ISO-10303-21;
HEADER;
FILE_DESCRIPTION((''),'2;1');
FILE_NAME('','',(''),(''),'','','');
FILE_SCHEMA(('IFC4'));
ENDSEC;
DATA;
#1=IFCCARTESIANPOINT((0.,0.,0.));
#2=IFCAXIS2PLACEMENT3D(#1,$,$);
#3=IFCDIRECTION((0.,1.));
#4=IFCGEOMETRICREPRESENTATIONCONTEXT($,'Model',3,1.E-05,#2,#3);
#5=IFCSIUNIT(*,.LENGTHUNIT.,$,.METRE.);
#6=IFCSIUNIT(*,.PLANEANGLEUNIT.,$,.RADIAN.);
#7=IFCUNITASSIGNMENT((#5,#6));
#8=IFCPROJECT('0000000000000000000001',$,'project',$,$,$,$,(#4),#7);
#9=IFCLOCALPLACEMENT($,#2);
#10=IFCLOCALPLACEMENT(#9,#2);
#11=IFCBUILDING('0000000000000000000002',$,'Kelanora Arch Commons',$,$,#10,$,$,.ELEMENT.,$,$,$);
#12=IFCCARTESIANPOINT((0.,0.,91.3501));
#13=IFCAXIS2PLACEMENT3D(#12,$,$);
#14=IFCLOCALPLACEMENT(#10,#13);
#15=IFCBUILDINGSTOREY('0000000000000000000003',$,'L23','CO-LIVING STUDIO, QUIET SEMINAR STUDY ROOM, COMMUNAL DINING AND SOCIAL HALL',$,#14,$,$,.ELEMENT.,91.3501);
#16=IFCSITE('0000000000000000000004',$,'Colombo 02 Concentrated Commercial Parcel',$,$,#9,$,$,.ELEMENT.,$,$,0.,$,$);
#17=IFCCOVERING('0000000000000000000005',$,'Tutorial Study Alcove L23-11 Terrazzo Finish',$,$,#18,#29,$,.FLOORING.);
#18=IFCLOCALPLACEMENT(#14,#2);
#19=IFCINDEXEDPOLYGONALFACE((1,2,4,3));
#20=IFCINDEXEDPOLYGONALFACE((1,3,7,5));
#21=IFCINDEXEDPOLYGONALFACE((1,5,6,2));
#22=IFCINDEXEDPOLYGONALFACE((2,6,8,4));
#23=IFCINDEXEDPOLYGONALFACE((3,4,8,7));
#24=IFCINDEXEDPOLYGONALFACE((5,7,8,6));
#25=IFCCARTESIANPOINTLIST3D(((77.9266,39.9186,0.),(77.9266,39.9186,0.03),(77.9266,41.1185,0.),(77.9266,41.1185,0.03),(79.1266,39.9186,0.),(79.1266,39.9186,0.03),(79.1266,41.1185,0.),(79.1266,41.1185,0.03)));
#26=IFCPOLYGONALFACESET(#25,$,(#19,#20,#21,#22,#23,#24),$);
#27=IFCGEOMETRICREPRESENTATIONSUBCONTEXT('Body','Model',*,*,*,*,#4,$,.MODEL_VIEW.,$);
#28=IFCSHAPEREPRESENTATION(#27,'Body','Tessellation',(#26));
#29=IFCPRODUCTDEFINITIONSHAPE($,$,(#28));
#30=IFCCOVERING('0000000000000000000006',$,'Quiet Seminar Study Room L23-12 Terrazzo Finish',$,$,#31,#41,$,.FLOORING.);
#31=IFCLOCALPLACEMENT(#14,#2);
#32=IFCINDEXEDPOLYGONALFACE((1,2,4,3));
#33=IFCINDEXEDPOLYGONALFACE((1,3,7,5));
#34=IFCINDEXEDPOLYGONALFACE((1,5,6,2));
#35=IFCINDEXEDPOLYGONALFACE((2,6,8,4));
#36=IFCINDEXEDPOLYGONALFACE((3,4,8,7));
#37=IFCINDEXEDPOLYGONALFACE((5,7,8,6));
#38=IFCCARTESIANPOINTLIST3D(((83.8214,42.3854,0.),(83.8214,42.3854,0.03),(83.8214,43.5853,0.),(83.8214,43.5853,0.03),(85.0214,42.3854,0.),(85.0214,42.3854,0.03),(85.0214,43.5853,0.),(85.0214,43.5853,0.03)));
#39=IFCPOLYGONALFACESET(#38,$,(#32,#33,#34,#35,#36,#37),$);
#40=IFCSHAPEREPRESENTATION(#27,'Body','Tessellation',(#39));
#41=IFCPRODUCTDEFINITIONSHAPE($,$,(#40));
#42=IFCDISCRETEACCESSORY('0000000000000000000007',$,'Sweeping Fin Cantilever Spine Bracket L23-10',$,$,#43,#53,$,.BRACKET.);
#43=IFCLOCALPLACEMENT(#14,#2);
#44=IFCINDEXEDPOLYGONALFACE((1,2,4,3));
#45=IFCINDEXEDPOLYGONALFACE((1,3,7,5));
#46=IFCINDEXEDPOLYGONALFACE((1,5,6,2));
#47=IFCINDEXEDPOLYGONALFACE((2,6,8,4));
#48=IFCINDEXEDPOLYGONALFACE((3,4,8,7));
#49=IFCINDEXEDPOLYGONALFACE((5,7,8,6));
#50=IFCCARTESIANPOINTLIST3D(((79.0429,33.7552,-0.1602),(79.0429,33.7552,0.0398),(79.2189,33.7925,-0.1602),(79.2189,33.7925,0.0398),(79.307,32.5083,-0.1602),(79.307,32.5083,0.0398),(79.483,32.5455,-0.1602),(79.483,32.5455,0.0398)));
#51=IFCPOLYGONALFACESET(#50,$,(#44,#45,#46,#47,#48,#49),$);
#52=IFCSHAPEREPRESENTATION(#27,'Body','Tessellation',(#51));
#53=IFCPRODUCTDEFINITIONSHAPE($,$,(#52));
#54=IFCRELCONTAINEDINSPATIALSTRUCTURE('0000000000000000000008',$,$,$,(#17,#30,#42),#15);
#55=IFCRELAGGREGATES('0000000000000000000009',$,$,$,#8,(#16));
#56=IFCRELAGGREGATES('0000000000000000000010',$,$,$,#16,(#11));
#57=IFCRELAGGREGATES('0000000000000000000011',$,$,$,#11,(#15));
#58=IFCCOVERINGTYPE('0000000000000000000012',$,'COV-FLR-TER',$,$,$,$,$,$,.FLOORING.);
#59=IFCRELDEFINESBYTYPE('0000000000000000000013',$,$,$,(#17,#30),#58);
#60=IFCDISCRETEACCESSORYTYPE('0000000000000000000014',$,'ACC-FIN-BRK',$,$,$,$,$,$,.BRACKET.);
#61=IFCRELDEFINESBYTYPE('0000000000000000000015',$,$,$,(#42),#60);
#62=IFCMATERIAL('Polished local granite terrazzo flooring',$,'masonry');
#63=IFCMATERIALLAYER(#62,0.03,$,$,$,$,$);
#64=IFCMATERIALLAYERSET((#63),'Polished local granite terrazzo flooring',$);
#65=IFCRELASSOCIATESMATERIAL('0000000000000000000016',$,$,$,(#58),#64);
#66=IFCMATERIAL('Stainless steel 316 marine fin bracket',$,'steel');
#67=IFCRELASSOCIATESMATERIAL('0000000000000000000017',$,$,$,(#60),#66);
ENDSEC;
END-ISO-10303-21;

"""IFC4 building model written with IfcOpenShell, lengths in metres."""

from ifc_helpers import new_model, si_unit, direction, frame, origin, origin_2d, place, context, subcontext, project, spatial, rectangle, extrude, source, transform, mapped, material, layer, layer_set, type_object, element, save


model = new_model("IFC4")

# Units and contexts
model_context = context("Model", 3, precision=1e-05, world=origin(), true_north=direction((0.0, 1.0)))
body_context = subcontext(model_context, "Body", "Model", "MODEL_VIEW")
ifc_project = project(units=[si_unit("LENGTHUNIT", "METRE"), si_unit("PLANEANGLEUNIT", "RADIAN")], contexts=[model_context])

# Site, building, storey
site_placement = place(None, origin())
site = spatial("IfcSite", under=ifc_project, at=site_placement, Name="Colombo 02 Concentrated Commercial Parcel", CompositionType="ELEMENT", RefElevation=0.0)
building_placement = place(site_placement, origin())
building = spatial("IfcBuilding", under=site, at=building_placement, Name="Kelanora Arch Commons", CompositionType="ELEMENT")
storey_placement = place(building_placement, frame((0.0, 0.0, 91.3501)))
storey = spatial("IfcBuildingStorey", under=building, at=storey_placement, Name="L23", Description="CO-LIVING STUDIO, QUIET SEMINAR STUDY ROOM, COMMUNAL DINING AND SOCIAL HALL", CompositionType="ELEMENT", Elevation=91.3501)

# Coverings
ifc_material_1 = material(Name="Polished local granite terrazzo flooring", Category="masonry")
ifc_layer_1 = layer(ifc_material_1, 0.03)
ifc_layer_set_1 = layer_set([ifc_layer_1], Name="Polished local granite terrazzo flooring")
covering_type = type_object("IfcCoveringType", Name="COV-FLR-TER", PredefinedType="FLOORING", material=ifc_layer_set_1)
shared_shape_1 = source(origin(), body_context, "Body", "SweptSolid", [
    extrude(rectangle(XDim=1.2, YDim=1.2, at=origin_2d()), origin(), (0.0, 0.0, 1.0), 0.03),
])
for number, where, z_axis, x_axis, name in (
    (1, (78.5266, 40.5186, 0.0), (0.0, 0.0, 1.0), (1.0, 0.0, 0.0), "Tutorial Study Alcove L23-11 Terrazzo Finish"),
    (2, (84.4214, 42.9854, 0.0), (0.0, 0.0, 1.0), (1.0, 0.0, 0.0), "Quiet Seminar Study Room L23-12 Terrazzo Finish"),
):
    element("IfcCovering", number, at=place(storey_placement, frame(where, z_axis=z_axis, x_axis=x_axis)), inside=storey, type_object=covering_type, Name=name, PredefinedType="FLOORING", context=body_context, shape_type="MappedRepresentation", body=[
        mapped(shared_shape_1, transform((0.0, 0.0, 0.0), scale=1.0)),
    ])

# Discrete accessory
ifc_material_2 = material(Name="Stainless steel 316 marine fin bracket", Category="steel")
discrete_accessory_type = type_object("IfcDiscreteAccessoryType", Name="ACC-FIN-BRK", PredefinedType="BRACKET", material=ifc_material_2)
shared_shape_2 = source(origin(), body_context, "Body", "SweptSolid", [
    extrude(rectangle(XDim=1.2747, YDim=0.1799, at=origin_2d()), origin(), (0.0, 0.0, 1.0), 0.2),
])
discrete_accessory_placement = place(storey_placement, frame((79.2629, 33.1504, -0.1602), z_axis=(0.0, 0.0, 1.0), x_axis=(0.207229, -0.978293, 0.0)))
element("IfcDiscreteAccessory", 3, at=discrete_accessory_placement, inside=storey, type_object=discrete_accessory_type, Name="Sweeping Fin Cantilever Spine Bracket L23-10", PredefinedType="BRACKET", context=body_context, shape_type="MappedRepresentation", body=[
    mapped(shared_shape_2, transform((0.0, 0.0, 0.0), scale=1.0)),
])

save(model, "model.ifc")
